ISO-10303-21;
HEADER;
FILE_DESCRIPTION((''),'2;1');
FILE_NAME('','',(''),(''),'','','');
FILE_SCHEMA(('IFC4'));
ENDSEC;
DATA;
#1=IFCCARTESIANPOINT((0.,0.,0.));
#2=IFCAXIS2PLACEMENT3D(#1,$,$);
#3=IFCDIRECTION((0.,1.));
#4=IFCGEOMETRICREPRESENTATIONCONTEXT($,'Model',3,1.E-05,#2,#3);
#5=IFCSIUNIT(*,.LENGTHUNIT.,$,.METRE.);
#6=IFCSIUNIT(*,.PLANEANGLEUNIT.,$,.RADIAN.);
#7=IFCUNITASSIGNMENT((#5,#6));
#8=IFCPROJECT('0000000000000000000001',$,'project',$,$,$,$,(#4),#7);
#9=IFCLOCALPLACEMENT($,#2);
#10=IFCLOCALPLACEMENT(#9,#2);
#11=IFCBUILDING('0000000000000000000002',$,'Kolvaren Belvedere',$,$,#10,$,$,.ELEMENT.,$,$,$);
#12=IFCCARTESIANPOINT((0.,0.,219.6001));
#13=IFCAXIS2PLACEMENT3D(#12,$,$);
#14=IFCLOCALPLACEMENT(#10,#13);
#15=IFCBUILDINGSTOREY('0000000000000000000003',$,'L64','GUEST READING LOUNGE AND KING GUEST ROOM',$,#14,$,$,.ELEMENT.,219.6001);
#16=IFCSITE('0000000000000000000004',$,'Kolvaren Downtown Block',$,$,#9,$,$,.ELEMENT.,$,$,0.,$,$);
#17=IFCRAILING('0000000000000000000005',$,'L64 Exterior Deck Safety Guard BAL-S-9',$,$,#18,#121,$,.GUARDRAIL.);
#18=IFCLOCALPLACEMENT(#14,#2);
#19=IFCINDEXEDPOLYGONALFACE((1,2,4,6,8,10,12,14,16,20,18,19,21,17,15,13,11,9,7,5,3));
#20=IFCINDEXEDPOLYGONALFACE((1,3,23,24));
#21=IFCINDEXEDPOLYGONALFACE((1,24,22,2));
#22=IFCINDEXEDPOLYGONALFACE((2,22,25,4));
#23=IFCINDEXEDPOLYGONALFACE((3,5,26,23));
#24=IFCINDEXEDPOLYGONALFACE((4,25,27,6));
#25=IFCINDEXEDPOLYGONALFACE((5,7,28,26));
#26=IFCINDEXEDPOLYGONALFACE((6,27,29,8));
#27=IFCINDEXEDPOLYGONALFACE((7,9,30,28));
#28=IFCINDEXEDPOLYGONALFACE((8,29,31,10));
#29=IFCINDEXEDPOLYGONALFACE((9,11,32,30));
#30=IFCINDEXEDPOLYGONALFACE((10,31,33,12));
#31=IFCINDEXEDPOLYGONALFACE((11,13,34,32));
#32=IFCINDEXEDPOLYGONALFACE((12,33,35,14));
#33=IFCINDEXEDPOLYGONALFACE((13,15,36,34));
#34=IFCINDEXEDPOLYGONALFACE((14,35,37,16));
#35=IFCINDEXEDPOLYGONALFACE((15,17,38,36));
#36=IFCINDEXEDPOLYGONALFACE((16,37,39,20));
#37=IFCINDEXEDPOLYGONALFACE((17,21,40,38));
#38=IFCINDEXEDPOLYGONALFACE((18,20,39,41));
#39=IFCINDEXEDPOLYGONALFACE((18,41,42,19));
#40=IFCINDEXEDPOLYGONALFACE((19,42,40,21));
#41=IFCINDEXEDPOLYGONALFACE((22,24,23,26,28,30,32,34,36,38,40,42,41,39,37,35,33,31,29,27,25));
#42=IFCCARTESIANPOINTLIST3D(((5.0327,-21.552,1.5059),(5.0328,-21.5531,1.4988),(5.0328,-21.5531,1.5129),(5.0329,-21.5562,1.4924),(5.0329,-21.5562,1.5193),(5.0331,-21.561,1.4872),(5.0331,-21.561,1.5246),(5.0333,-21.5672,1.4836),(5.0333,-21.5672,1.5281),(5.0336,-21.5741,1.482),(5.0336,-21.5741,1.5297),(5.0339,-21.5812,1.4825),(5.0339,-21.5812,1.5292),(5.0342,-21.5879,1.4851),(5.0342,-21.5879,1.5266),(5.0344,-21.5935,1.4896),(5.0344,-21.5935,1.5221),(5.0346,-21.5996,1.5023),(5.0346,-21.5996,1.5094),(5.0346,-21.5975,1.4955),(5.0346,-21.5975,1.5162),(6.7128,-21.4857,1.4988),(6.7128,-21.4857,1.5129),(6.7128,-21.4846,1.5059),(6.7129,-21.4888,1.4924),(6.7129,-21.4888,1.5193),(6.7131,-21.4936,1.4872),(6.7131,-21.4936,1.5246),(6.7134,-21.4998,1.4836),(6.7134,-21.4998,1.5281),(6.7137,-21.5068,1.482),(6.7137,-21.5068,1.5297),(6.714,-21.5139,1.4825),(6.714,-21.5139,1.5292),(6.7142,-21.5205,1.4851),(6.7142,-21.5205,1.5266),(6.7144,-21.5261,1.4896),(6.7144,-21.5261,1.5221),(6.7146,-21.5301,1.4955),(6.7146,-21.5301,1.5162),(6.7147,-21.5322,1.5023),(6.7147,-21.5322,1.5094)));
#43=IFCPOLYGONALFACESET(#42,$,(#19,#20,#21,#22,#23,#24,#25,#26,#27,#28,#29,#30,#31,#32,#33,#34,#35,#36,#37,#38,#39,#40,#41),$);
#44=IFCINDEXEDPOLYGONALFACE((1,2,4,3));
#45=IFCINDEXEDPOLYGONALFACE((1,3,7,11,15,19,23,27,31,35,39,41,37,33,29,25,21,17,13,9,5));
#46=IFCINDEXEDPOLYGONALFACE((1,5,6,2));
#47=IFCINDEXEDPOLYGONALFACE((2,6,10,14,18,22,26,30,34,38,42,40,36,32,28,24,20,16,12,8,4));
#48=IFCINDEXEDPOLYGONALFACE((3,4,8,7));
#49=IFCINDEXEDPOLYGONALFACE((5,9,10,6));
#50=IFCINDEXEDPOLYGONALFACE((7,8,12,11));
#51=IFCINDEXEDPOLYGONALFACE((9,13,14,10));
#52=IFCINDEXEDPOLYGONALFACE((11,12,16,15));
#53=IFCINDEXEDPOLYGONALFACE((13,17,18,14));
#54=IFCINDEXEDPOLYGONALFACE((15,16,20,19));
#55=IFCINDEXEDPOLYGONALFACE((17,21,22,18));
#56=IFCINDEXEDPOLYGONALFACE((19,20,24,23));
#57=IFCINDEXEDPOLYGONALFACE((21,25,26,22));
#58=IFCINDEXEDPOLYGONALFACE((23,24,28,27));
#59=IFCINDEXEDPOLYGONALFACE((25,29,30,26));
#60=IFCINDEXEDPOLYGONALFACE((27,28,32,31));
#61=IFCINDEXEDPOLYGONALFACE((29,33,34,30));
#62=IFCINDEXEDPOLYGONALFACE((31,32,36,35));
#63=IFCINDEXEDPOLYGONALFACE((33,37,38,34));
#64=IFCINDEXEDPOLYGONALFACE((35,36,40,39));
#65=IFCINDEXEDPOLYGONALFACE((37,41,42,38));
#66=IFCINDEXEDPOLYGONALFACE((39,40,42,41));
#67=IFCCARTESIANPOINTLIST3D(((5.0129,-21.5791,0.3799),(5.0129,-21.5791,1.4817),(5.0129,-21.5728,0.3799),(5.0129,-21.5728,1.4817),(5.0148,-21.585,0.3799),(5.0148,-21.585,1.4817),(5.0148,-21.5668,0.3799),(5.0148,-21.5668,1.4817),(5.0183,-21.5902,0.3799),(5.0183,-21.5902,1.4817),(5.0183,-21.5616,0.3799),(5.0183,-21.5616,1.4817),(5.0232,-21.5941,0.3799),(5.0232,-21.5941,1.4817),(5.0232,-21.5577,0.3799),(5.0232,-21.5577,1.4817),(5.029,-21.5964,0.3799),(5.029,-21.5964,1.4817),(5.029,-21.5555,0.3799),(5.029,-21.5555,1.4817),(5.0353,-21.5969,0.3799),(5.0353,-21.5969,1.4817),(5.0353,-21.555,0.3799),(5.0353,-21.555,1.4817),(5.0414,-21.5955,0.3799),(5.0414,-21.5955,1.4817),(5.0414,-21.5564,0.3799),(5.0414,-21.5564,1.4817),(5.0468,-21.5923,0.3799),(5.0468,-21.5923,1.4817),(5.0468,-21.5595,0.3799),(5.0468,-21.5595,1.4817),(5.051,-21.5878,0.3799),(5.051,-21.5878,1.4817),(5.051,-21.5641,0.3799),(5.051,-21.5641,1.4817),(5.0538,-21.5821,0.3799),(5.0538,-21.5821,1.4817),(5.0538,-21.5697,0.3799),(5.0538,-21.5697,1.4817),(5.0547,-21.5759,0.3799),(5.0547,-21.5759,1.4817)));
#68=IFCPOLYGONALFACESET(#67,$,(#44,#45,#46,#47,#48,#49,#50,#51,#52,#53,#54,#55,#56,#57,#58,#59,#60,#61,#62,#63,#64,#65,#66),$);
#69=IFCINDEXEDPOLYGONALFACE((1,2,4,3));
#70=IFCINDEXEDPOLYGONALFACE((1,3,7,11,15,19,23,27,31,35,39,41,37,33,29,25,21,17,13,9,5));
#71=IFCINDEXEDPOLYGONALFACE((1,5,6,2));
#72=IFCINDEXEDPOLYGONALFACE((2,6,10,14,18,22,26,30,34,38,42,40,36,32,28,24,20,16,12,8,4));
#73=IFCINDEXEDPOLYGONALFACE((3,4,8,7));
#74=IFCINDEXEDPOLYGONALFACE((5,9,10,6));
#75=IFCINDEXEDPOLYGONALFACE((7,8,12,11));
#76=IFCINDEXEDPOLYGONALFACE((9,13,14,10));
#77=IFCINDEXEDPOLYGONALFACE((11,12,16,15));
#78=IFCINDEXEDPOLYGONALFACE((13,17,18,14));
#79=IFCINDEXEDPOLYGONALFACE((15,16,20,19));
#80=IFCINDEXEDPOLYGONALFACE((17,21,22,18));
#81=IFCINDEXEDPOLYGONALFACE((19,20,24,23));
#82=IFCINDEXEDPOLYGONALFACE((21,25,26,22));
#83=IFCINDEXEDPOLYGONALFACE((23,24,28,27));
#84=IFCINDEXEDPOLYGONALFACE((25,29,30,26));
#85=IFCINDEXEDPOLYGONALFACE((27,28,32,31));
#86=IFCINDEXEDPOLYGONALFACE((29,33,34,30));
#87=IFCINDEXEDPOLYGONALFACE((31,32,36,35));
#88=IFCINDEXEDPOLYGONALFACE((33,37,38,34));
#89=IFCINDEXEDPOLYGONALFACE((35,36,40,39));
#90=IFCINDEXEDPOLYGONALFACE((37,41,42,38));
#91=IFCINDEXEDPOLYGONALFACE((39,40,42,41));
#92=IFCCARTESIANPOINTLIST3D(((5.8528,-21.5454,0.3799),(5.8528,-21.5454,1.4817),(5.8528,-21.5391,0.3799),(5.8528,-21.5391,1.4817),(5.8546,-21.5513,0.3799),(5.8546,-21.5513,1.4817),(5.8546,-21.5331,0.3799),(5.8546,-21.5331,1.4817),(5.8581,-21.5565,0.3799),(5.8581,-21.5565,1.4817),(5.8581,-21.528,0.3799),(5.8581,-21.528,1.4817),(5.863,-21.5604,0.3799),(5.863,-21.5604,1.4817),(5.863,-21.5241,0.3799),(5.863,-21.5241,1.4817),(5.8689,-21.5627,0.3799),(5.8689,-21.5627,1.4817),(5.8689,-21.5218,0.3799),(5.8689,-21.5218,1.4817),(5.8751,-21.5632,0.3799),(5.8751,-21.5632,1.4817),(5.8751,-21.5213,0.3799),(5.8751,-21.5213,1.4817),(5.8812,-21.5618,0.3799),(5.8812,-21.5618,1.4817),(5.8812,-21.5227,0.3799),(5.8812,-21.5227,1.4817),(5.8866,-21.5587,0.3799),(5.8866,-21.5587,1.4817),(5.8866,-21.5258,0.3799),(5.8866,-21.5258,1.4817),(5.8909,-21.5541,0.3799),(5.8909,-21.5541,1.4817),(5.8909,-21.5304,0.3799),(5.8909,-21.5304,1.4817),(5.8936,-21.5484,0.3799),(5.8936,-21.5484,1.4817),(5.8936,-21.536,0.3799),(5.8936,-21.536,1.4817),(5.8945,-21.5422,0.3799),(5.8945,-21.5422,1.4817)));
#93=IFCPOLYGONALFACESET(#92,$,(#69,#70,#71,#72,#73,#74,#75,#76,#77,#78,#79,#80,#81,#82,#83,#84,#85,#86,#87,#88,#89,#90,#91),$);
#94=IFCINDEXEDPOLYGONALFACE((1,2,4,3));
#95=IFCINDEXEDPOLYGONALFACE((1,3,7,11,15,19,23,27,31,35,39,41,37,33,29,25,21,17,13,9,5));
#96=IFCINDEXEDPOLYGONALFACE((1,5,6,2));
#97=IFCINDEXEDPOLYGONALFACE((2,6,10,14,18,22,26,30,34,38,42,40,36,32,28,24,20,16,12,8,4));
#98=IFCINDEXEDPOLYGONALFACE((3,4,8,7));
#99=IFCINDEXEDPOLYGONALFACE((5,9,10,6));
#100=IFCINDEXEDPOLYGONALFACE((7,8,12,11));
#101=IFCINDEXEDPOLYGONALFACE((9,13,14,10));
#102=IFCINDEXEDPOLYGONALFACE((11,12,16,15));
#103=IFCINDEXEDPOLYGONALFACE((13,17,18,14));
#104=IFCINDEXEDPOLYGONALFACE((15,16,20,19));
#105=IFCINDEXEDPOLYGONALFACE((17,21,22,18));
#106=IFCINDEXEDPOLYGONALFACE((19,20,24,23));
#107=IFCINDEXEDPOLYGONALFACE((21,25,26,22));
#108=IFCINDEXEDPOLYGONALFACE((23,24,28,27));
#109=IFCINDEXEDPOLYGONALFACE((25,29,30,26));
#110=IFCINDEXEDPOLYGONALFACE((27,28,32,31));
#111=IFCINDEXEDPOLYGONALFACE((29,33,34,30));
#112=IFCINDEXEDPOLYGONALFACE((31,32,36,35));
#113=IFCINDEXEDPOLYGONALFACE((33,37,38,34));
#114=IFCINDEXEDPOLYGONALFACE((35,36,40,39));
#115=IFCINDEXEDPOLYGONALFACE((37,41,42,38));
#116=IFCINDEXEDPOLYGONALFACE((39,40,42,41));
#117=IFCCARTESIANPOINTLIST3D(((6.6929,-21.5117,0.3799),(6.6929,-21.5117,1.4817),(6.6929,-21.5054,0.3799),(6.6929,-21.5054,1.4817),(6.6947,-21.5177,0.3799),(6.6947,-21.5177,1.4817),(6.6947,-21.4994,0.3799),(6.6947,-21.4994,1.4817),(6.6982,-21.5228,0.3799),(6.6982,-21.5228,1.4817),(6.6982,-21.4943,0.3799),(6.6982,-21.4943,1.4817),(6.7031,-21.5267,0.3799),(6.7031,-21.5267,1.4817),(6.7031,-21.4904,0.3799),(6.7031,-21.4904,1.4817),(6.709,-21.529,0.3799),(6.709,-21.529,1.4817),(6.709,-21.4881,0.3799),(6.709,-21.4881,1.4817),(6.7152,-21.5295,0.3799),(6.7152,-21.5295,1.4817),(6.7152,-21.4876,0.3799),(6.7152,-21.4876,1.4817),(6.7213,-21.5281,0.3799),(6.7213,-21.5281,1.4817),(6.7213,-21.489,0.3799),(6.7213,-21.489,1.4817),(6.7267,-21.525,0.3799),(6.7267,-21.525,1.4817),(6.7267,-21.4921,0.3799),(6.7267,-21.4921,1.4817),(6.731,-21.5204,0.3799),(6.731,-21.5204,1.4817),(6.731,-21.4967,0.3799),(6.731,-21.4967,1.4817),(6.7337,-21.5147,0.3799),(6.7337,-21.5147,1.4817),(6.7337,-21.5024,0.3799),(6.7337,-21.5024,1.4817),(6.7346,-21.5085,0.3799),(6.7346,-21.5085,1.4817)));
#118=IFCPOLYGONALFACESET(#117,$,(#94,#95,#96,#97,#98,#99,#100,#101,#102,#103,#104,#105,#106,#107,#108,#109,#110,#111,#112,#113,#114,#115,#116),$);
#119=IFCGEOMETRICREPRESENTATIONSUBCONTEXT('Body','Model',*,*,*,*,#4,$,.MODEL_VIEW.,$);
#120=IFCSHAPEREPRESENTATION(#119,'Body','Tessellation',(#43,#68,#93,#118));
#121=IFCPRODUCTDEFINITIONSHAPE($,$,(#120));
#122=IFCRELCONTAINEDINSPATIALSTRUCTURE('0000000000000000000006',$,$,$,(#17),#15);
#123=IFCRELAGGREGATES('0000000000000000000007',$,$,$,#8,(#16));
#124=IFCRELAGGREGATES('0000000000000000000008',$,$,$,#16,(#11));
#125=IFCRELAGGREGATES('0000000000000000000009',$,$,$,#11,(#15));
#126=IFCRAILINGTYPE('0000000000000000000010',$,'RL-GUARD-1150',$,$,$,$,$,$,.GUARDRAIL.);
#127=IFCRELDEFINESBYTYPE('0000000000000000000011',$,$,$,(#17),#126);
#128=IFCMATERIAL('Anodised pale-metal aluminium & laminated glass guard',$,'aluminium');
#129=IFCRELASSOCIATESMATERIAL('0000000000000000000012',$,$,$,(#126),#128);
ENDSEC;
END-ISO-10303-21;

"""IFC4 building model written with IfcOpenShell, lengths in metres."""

from ifc_helpers import new_model, si_unit, direction, frame, origin, origin_2d, place, context, subcontext, project, spatial, circle, extrude, material, type_object, element, save


model = new_model("IFC4")

# Units and contexts
model_context = context("Model", 3, precision=1e-05, world=origin(), true_north=direction((0.0, 1.0)))
body_context = subcontext(model_context, "Body", "Model", "MODEL_VIEW")
ifc_project = project(units=[si_unit("LENGTHUNIT", "METRE"), si_unit("PLANEANGLEUNIT", "RADIAN")], contexts=[model_context])

# Site, building, storey
site_placement = place(None, origin())
site = spatial("IfcSite", under=ifc_project, at=site_placement, Name="Kolvaren Downtown Block", CompositionType="ELEMENT", RefElevation=0.0)
building_placement = place(site_placement, origin())
building = spatial("IfcBuilding", under=site, at=building_placement, Name="Kolvaren Belvedere", CompositionType="ELEMENT")
storey_placement = place(building_placement, frame((0.0, 0.0, 219.6001)))
storey = spatial("IfcBuildingStorey", under=building, at=storey_placement, Name="L64", Description="GUEST READING LOUNGE AND KING GUEST ROOM", CompositionType="ELEMENT", Elevation=219.6001)

# Railing
ifc_material_1 = material(Name="Anodised pale-metal aluminium & laminated glass guard", Category="aluminium")
railing_type = type_object("IfcRailingType", Name="RL-GUARD-1150", PredefinedType="GUARDRAIL", material=ifc_material_1)
railing_1_placement = place(storey_placement, frame((5.0337, -21.5759, 0.3799)))
element("IfcRailing", 1, at=railing_1_placement, inside=storey, type_object=railing_type, Name="L64 Exterior Deck Safety Guard BAL-S-9", PredefinedType="GUARDRAIL", context=body_context, shape_type="SweptSolid", body=[
    extrude(circle(Radius=0.0239, at=origin_2d()), frame((0.0, 0.0, 1.126), z_axis=(0.999197, 0.040078, 0.0), x_axis=(-0.040078, 0.999197, 0.0)), (0.0, 0.0, 1.0), 1.6814),
    extrude(circle(Radius=0.021, at=origin_2d()), origin(), (0.0, 0.0, 1.0), 1.1018),
    extrude(circle(Radius=0.021, at=origin_2d()), frame((0.8398, 0.0337, 0.0)), (0.0, 0.0, 1.0), 1.1018),
    extrude(circle(Radius=0.021, at=origin_2d()), frame((1.6799, 0.0674, 0.0)), (0.0, 0.0, 1.0), 1.1018),
])

save(model, "model.ifc")
